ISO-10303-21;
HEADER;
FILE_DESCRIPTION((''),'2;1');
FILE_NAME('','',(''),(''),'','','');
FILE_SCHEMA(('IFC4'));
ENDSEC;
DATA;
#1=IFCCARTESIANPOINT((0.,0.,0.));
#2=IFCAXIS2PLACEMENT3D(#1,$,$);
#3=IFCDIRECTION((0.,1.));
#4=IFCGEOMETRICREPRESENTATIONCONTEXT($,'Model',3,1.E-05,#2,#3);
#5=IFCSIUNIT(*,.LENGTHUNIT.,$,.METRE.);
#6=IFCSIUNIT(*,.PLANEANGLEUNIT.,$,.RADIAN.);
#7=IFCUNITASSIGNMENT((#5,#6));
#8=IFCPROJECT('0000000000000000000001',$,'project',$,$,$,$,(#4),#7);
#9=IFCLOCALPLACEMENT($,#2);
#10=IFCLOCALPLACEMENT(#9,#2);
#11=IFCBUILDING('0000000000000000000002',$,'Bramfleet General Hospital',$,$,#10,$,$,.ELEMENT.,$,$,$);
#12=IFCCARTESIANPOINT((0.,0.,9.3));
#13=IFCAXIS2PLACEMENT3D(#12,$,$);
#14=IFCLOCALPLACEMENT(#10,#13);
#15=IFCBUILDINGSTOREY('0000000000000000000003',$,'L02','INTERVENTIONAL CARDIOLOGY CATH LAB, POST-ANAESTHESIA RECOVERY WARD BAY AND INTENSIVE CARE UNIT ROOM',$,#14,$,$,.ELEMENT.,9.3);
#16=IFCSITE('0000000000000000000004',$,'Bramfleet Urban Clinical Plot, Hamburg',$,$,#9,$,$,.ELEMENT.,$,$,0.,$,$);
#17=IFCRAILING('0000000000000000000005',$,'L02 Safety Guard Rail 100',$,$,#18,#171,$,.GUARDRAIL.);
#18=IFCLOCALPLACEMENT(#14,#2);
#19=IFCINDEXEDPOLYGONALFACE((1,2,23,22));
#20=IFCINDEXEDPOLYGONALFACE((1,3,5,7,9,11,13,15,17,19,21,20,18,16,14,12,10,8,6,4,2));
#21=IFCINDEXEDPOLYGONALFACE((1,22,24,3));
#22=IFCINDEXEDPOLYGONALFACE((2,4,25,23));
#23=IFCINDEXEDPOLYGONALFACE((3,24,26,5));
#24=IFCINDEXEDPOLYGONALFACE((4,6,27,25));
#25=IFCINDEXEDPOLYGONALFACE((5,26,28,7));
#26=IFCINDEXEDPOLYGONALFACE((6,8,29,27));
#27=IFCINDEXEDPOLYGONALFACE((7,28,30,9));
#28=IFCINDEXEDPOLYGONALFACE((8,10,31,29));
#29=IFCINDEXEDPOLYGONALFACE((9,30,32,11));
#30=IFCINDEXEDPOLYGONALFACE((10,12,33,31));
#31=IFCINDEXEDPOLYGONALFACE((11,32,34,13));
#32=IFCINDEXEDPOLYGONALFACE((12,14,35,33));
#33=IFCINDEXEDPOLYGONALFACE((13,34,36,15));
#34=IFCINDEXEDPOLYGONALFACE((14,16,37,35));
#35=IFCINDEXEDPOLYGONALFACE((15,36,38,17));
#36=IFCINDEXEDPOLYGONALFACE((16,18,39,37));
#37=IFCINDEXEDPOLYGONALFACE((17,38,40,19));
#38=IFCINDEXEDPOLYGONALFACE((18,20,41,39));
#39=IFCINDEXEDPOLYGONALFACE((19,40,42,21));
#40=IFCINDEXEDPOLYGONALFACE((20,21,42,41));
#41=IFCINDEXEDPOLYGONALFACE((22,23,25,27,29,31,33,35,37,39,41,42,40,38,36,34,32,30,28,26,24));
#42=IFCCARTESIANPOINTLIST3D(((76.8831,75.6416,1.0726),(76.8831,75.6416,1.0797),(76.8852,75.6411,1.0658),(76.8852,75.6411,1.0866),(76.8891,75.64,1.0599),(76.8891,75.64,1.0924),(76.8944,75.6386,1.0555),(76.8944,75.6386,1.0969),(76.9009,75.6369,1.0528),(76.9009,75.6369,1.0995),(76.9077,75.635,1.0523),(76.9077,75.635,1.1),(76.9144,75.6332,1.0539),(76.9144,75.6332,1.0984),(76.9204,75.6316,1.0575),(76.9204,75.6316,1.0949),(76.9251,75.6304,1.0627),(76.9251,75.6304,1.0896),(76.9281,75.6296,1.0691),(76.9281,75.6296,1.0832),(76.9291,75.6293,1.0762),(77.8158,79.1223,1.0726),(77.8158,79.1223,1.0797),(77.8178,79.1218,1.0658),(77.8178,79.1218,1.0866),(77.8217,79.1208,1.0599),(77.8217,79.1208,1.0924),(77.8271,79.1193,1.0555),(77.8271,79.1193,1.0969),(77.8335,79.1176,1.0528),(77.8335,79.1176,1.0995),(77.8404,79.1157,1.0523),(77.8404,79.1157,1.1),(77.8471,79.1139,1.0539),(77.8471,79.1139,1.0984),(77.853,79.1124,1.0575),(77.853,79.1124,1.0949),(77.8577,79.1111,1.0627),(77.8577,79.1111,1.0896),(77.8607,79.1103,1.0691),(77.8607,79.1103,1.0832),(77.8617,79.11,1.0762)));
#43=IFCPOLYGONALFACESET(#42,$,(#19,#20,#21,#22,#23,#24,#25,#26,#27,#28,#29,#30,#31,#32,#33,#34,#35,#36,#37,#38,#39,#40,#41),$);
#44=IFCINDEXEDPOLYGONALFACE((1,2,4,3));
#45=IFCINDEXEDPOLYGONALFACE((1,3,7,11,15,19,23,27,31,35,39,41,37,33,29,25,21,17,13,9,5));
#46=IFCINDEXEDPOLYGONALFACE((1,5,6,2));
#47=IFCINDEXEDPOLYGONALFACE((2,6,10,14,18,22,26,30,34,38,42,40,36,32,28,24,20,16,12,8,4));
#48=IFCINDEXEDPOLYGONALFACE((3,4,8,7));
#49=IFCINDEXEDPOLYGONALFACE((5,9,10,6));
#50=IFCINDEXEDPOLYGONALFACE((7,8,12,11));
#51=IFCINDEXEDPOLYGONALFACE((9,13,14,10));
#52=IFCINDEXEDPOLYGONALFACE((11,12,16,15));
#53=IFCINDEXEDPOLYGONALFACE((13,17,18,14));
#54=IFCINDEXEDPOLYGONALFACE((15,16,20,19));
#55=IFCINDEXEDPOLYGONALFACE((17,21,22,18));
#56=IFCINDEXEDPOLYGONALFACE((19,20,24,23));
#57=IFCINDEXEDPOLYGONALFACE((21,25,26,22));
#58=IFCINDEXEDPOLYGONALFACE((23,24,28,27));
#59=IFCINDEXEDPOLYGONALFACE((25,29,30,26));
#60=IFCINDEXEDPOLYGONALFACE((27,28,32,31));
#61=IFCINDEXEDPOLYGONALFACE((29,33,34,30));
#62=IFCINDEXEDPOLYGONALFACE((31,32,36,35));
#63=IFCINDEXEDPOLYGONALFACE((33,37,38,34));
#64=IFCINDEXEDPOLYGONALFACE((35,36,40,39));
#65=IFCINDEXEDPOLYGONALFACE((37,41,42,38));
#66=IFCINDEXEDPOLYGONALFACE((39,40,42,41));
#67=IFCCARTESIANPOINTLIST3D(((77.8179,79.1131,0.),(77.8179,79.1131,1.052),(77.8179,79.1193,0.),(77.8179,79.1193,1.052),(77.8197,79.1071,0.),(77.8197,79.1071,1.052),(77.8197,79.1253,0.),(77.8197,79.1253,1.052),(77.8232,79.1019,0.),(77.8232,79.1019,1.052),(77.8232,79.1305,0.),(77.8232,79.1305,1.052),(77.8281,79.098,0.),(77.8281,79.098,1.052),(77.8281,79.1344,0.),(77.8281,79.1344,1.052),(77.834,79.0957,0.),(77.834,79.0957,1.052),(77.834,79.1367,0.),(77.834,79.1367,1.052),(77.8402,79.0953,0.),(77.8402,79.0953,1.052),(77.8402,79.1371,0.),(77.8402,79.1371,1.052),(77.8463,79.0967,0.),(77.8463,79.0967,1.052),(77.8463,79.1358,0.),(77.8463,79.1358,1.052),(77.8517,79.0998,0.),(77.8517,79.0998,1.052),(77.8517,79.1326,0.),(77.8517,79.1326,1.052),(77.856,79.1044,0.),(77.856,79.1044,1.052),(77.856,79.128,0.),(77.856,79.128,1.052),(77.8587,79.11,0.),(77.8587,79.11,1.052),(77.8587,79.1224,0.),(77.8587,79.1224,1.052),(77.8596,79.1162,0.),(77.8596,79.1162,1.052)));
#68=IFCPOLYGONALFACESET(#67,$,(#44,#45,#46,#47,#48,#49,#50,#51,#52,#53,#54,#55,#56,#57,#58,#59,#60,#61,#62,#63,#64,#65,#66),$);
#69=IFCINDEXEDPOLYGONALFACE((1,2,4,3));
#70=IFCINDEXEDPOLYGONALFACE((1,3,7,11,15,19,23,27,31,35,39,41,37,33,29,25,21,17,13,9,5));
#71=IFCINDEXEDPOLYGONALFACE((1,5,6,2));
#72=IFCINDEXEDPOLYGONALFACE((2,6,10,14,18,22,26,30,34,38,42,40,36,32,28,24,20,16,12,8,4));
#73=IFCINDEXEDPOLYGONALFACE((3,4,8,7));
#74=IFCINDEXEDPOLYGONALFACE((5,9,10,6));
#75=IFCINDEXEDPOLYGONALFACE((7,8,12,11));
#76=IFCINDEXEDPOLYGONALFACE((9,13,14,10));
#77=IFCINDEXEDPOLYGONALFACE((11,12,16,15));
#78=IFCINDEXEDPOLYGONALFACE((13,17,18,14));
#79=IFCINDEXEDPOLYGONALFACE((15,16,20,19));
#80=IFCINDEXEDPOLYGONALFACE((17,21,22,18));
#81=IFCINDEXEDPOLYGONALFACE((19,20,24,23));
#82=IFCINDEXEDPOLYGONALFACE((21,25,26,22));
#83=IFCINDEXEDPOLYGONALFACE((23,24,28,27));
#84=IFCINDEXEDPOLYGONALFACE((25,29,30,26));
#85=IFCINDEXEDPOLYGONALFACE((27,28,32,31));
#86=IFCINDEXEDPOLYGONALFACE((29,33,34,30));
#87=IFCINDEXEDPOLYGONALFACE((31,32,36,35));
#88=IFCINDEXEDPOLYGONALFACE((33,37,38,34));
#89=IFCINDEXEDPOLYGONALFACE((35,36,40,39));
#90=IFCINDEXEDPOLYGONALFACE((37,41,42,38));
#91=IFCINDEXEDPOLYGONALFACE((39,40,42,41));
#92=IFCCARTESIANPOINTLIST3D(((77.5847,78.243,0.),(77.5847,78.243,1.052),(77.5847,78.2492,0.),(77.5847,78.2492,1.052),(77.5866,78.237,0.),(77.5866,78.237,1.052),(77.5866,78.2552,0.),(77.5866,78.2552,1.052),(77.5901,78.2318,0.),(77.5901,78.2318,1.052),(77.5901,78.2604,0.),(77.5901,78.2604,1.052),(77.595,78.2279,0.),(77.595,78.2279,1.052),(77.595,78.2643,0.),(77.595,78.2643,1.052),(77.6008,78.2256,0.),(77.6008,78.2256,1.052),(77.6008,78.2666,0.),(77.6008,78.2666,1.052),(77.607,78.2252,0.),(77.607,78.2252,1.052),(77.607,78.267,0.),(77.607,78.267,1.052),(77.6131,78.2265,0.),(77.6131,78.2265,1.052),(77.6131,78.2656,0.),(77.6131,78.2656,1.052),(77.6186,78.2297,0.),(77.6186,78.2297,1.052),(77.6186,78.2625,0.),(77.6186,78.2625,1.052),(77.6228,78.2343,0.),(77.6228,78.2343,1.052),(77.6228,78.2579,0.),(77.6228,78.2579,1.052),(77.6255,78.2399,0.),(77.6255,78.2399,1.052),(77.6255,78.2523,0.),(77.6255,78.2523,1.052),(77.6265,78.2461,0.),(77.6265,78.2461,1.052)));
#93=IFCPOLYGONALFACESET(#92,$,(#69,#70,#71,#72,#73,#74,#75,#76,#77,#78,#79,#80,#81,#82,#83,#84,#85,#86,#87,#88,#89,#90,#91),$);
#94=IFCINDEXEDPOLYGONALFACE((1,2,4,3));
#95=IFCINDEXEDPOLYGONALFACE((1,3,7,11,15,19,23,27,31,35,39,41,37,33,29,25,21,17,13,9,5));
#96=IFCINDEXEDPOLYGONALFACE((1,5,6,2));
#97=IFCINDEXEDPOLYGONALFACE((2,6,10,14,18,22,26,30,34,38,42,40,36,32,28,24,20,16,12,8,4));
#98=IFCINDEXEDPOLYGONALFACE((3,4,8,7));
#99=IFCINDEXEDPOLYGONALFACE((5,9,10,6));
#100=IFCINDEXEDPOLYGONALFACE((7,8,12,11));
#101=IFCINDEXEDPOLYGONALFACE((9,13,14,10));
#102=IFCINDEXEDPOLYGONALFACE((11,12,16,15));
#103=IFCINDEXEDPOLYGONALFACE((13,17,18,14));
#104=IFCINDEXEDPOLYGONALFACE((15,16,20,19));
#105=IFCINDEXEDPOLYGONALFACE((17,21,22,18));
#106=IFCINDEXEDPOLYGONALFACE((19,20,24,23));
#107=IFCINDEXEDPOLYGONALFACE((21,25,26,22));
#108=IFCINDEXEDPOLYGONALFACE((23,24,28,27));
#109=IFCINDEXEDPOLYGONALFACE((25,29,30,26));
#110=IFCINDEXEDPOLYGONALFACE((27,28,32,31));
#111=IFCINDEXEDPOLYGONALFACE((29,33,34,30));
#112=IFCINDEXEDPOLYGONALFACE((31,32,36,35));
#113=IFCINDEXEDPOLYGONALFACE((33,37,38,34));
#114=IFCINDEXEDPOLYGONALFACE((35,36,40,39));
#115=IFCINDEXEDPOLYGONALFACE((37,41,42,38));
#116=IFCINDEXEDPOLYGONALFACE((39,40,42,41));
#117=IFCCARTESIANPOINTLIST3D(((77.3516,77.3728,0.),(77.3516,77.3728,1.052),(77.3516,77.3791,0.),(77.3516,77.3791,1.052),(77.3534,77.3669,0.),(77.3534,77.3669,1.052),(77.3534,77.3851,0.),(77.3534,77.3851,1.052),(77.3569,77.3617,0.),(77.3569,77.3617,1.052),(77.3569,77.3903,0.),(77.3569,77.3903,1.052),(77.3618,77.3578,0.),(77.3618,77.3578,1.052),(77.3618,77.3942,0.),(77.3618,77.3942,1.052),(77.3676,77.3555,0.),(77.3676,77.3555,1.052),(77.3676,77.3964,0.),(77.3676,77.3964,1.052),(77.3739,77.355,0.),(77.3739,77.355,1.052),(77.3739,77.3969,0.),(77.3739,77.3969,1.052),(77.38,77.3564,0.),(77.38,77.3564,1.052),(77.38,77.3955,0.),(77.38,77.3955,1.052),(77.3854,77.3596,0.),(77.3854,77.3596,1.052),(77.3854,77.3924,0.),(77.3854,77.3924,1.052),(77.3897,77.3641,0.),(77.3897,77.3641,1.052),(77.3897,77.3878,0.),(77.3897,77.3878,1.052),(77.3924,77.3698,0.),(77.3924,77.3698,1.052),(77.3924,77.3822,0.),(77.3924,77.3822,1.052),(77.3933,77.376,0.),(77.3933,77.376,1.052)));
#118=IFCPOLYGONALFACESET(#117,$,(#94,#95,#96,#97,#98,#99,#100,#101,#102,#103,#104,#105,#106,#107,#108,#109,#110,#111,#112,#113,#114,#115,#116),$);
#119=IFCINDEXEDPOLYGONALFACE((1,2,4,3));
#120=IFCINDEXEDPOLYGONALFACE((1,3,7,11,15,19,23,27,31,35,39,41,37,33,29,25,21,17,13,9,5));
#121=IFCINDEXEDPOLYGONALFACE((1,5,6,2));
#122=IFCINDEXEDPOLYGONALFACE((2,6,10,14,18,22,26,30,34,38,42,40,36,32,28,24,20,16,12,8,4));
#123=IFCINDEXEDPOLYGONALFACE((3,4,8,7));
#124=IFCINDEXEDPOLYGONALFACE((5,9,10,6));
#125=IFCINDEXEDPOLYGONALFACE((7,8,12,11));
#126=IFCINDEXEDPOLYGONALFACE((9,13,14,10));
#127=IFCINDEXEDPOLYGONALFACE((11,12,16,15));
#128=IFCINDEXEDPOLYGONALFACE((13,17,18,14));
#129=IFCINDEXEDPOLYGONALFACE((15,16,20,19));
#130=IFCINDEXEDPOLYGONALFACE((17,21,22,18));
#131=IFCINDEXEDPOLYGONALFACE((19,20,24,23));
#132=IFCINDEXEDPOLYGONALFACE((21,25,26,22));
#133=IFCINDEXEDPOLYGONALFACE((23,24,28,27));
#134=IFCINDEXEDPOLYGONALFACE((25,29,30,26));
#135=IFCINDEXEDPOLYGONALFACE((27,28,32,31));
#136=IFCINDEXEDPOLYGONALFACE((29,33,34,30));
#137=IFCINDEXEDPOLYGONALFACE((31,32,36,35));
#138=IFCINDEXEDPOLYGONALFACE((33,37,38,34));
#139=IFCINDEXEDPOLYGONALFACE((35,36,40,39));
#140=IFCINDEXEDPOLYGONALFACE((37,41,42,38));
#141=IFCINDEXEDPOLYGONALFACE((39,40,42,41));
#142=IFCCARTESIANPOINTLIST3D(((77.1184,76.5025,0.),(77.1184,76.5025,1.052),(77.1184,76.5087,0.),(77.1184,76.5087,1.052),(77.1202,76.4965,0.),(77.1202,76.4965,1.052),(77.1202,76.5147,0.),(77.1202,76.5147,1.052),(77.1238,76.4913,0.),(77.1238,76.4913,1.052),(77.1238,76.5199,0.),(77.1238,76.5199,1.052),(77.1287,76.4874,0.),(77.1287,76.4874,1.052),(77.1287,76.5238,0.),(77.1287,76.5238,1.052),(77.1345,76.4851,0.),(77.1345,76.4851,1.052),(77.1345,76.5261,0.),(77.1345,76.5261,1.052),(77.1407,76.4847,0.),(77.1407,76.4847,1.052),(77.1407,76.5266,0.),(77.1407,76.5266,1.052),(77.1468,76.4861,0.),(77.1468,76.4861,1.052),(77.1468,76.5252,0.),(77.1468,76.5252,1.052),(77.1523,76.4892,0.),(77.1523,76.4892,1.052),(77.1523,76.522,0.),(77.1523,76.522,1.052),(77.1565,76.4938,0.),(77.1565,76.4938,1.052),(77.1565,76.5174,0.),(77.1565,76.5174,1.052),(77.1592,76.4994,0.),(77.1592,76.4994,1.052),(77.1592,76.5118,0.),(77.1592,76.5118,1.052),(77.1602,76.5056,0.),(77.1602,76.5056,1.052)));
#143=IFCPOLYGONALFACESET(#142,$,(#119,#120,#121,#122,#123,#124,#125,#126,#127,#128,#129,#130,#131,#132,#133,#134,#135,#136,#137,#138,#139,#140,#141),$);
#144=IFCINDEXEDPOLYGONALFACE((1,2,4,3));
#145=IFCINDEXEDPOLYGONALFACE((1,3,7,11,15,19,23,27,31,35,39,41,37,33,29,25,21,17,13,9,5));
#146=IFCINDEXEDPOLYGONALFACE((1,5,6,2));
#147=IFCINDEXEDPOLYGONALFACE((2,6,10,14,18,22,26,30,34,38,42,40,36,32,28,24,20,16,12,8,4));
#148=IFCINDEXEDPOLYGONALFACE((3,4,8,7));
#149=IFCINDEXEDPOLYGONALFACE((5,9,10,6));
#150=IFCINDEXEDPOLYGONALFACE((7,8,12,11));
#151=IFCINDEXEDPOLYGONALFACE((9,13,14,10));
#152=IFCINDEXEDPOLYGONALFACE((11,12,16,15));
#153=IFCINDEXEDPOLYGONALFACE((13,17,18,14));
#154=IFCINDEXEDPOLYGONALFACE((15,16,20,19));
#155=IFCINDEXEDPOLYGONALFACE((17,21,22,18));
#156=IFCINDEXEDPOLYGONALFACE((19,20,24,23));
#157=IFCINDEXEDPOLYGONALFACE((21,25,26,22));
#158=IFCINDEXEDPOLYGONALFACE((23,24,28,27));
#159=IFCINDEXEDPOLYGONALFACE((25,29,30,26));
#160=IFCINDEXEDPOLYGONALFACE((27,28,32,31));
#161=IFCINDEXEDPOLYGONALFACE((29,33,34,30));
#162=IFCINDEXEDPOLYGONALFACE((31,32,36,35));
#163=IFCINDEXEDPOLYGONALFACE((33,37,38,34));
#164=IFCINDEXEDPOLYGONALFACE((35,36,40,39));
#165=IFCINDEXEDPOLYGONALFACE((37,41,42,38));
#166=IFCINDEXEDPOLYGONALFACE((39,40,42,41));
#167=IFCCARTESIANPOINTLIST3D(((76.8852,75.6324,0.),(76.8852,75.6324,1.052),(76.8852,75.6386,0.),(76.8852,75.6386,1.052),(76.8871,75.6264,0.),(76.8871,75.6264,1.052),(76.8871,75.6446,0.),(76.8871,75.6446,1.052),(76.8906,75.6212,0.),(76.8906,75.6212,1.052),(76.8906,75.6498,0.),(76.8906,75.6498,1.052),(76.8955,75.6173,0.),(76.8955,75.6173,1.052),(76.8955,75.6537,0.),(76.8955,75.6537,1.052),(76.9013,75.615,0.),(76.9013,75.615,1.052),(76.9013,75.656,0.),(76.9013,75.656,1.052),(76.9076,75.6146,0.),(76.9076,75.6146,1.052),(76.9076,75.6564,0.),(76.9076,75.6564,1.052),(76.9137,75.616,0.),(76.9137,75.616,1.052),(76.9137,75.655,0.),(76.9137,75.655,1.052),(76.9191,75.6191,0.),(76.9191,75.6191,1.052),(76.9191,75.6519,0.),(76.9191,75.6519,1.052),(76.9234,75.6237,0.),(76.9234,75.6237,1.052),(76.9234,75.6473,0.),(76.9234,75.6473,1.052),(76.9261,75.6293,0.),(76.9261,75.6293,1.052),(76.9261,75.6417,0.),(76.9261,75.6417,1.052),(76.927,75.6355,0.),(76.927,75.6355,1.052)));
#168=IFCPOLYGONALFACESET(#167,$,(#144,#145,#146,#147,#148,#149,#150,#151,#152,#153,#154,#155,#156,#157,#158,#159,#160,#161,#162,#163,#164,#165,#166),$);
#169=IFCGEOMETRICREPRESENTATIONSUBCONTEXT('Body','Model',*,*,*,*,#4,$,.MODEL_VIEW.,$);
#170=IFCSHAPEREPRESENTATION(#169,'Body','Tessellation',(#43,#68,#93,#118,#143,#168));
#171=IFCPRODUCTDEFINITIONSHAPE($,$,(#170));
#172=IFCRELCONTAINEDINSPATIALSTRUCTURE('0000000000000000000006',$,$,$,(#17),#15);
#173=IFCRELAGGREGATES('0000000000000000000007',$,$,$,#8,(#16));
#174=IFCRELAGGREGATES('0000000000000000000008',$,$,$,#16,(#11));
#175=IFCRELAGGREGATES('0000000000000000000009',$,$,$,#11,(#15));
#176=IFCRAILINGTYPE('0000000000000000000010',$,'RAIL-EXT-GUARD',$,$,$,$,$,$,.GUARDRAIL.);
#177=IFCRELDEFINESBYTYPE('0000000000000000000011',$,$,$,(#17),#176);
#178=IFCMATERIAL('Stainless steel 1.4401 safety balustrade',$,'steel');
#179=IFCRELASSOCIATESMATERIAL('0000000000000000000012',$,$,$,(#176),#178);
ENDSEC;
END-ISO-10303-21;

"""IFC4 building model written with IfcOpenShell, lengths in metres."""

from ifc_helpers import new_model, si_unit, direction, frame, origin, origin_2d, place, context, subcontext, project, spatial, circle, extrude, material, type_object, element, save


model = new_model("IFC4")

# Units and contexts
model_context = context("Model", 3, precision=1e-05, world=origin(), true_north=direction((0.0, 1.0)))
body_context = subcontext(model_context, "Body", "Model", "MODEL_VIEW")
ifc_project = project(units=[si_unit("LENGTHUNIT", "METRE"), si_unit("PLANEANGLEUNIT", "RADIAN")], contexts=[model_context])

# Site, building, storey
site_placement = place(None, origin())
site = spatial("IfcSite", under=ifc_project, at=site_placement, Name="Bramfleet Urban Clinical Plot, Hamburg", CompositionType="ELEMENT", RefElevation=0.0)
building_placement = place(site_placement, origin())
building = spatial("IfcBuilding", under=site, at=building_placement, Name="Bramfleet General Hospital", CompositionType="ELEMENT")
storey_placement = place(building_placement, frame((0.0, 0.0, 9.3)))
storey = spatial("IfcBuildingStorey", under=building, at=storey_placement, Name="L02", Description="INTERVENTIONAL CARDIOLOGY CATH LAB, POST-ANAESTHESIA RECOVERY WARD BAY AND INTENSIVE CARE UNIT ROOM", CompositionType="ELEMENT", Elevation=9.3)

# Railing
ifc_material_1 = material(Name="Stainless steel 1.4401 safety balustrade", Category="steel")
railing_type = type_object("IfcRailingType", Name="RAIL-EXT-GUARD", PredefinedType="GUARDRAIL", material=ifc_material_1)
railing_placement = place(storey_placement, frame((77.8386, 79.1162, 0.0)))
element("IfcRailing", 1, at=railing_placement, inside=storey, type_object=railing_type, Name="L02 Safety Guard Rail 100", PredefinedType="GUARDRAIL", context=body_context, shape_type="SweptSolid", body=[
    extrude(circle(Radius=0.0239, at=origin_2d()), frame((0.0, 0.0, 1.0762), z_axis=(-0.258809, -0.965928, 0.0), x_axis=(0.965928, -0.258809, 0.0)), (0.0, 0.0, 1.0), 3.6035),
    extrude(circle(Radius=0.021, at=origin_2d()), origin(), (0.0, 0.0, 1.0), 1.052),
    extrude(circle(Radius=0.021, at=origin_2d()), frame((-0.2332, -0.8701, 0.0)), (0.0, 0.0, 1.0), 1.052),
    extrude(circle(Radius=0.021, at=origin_2d()), frame((-0.4663, -1.7402, 0.0)), (0.0, 0.0, 1.0), 1.052),
    extrude(circle(Radius=0.021, at=origin_2d()), frame((-0.6995, -2.6106, 0.0)), (0.0, 0.0, 1.0), 1.052),
    extrude(circle(Radius=0.021, at=origin_2d()), frame((-0.9326, -3.4807, 0.0)), (0.0, 0.0, 1.0), 1.052),
])

save(model, "model.ifc")
